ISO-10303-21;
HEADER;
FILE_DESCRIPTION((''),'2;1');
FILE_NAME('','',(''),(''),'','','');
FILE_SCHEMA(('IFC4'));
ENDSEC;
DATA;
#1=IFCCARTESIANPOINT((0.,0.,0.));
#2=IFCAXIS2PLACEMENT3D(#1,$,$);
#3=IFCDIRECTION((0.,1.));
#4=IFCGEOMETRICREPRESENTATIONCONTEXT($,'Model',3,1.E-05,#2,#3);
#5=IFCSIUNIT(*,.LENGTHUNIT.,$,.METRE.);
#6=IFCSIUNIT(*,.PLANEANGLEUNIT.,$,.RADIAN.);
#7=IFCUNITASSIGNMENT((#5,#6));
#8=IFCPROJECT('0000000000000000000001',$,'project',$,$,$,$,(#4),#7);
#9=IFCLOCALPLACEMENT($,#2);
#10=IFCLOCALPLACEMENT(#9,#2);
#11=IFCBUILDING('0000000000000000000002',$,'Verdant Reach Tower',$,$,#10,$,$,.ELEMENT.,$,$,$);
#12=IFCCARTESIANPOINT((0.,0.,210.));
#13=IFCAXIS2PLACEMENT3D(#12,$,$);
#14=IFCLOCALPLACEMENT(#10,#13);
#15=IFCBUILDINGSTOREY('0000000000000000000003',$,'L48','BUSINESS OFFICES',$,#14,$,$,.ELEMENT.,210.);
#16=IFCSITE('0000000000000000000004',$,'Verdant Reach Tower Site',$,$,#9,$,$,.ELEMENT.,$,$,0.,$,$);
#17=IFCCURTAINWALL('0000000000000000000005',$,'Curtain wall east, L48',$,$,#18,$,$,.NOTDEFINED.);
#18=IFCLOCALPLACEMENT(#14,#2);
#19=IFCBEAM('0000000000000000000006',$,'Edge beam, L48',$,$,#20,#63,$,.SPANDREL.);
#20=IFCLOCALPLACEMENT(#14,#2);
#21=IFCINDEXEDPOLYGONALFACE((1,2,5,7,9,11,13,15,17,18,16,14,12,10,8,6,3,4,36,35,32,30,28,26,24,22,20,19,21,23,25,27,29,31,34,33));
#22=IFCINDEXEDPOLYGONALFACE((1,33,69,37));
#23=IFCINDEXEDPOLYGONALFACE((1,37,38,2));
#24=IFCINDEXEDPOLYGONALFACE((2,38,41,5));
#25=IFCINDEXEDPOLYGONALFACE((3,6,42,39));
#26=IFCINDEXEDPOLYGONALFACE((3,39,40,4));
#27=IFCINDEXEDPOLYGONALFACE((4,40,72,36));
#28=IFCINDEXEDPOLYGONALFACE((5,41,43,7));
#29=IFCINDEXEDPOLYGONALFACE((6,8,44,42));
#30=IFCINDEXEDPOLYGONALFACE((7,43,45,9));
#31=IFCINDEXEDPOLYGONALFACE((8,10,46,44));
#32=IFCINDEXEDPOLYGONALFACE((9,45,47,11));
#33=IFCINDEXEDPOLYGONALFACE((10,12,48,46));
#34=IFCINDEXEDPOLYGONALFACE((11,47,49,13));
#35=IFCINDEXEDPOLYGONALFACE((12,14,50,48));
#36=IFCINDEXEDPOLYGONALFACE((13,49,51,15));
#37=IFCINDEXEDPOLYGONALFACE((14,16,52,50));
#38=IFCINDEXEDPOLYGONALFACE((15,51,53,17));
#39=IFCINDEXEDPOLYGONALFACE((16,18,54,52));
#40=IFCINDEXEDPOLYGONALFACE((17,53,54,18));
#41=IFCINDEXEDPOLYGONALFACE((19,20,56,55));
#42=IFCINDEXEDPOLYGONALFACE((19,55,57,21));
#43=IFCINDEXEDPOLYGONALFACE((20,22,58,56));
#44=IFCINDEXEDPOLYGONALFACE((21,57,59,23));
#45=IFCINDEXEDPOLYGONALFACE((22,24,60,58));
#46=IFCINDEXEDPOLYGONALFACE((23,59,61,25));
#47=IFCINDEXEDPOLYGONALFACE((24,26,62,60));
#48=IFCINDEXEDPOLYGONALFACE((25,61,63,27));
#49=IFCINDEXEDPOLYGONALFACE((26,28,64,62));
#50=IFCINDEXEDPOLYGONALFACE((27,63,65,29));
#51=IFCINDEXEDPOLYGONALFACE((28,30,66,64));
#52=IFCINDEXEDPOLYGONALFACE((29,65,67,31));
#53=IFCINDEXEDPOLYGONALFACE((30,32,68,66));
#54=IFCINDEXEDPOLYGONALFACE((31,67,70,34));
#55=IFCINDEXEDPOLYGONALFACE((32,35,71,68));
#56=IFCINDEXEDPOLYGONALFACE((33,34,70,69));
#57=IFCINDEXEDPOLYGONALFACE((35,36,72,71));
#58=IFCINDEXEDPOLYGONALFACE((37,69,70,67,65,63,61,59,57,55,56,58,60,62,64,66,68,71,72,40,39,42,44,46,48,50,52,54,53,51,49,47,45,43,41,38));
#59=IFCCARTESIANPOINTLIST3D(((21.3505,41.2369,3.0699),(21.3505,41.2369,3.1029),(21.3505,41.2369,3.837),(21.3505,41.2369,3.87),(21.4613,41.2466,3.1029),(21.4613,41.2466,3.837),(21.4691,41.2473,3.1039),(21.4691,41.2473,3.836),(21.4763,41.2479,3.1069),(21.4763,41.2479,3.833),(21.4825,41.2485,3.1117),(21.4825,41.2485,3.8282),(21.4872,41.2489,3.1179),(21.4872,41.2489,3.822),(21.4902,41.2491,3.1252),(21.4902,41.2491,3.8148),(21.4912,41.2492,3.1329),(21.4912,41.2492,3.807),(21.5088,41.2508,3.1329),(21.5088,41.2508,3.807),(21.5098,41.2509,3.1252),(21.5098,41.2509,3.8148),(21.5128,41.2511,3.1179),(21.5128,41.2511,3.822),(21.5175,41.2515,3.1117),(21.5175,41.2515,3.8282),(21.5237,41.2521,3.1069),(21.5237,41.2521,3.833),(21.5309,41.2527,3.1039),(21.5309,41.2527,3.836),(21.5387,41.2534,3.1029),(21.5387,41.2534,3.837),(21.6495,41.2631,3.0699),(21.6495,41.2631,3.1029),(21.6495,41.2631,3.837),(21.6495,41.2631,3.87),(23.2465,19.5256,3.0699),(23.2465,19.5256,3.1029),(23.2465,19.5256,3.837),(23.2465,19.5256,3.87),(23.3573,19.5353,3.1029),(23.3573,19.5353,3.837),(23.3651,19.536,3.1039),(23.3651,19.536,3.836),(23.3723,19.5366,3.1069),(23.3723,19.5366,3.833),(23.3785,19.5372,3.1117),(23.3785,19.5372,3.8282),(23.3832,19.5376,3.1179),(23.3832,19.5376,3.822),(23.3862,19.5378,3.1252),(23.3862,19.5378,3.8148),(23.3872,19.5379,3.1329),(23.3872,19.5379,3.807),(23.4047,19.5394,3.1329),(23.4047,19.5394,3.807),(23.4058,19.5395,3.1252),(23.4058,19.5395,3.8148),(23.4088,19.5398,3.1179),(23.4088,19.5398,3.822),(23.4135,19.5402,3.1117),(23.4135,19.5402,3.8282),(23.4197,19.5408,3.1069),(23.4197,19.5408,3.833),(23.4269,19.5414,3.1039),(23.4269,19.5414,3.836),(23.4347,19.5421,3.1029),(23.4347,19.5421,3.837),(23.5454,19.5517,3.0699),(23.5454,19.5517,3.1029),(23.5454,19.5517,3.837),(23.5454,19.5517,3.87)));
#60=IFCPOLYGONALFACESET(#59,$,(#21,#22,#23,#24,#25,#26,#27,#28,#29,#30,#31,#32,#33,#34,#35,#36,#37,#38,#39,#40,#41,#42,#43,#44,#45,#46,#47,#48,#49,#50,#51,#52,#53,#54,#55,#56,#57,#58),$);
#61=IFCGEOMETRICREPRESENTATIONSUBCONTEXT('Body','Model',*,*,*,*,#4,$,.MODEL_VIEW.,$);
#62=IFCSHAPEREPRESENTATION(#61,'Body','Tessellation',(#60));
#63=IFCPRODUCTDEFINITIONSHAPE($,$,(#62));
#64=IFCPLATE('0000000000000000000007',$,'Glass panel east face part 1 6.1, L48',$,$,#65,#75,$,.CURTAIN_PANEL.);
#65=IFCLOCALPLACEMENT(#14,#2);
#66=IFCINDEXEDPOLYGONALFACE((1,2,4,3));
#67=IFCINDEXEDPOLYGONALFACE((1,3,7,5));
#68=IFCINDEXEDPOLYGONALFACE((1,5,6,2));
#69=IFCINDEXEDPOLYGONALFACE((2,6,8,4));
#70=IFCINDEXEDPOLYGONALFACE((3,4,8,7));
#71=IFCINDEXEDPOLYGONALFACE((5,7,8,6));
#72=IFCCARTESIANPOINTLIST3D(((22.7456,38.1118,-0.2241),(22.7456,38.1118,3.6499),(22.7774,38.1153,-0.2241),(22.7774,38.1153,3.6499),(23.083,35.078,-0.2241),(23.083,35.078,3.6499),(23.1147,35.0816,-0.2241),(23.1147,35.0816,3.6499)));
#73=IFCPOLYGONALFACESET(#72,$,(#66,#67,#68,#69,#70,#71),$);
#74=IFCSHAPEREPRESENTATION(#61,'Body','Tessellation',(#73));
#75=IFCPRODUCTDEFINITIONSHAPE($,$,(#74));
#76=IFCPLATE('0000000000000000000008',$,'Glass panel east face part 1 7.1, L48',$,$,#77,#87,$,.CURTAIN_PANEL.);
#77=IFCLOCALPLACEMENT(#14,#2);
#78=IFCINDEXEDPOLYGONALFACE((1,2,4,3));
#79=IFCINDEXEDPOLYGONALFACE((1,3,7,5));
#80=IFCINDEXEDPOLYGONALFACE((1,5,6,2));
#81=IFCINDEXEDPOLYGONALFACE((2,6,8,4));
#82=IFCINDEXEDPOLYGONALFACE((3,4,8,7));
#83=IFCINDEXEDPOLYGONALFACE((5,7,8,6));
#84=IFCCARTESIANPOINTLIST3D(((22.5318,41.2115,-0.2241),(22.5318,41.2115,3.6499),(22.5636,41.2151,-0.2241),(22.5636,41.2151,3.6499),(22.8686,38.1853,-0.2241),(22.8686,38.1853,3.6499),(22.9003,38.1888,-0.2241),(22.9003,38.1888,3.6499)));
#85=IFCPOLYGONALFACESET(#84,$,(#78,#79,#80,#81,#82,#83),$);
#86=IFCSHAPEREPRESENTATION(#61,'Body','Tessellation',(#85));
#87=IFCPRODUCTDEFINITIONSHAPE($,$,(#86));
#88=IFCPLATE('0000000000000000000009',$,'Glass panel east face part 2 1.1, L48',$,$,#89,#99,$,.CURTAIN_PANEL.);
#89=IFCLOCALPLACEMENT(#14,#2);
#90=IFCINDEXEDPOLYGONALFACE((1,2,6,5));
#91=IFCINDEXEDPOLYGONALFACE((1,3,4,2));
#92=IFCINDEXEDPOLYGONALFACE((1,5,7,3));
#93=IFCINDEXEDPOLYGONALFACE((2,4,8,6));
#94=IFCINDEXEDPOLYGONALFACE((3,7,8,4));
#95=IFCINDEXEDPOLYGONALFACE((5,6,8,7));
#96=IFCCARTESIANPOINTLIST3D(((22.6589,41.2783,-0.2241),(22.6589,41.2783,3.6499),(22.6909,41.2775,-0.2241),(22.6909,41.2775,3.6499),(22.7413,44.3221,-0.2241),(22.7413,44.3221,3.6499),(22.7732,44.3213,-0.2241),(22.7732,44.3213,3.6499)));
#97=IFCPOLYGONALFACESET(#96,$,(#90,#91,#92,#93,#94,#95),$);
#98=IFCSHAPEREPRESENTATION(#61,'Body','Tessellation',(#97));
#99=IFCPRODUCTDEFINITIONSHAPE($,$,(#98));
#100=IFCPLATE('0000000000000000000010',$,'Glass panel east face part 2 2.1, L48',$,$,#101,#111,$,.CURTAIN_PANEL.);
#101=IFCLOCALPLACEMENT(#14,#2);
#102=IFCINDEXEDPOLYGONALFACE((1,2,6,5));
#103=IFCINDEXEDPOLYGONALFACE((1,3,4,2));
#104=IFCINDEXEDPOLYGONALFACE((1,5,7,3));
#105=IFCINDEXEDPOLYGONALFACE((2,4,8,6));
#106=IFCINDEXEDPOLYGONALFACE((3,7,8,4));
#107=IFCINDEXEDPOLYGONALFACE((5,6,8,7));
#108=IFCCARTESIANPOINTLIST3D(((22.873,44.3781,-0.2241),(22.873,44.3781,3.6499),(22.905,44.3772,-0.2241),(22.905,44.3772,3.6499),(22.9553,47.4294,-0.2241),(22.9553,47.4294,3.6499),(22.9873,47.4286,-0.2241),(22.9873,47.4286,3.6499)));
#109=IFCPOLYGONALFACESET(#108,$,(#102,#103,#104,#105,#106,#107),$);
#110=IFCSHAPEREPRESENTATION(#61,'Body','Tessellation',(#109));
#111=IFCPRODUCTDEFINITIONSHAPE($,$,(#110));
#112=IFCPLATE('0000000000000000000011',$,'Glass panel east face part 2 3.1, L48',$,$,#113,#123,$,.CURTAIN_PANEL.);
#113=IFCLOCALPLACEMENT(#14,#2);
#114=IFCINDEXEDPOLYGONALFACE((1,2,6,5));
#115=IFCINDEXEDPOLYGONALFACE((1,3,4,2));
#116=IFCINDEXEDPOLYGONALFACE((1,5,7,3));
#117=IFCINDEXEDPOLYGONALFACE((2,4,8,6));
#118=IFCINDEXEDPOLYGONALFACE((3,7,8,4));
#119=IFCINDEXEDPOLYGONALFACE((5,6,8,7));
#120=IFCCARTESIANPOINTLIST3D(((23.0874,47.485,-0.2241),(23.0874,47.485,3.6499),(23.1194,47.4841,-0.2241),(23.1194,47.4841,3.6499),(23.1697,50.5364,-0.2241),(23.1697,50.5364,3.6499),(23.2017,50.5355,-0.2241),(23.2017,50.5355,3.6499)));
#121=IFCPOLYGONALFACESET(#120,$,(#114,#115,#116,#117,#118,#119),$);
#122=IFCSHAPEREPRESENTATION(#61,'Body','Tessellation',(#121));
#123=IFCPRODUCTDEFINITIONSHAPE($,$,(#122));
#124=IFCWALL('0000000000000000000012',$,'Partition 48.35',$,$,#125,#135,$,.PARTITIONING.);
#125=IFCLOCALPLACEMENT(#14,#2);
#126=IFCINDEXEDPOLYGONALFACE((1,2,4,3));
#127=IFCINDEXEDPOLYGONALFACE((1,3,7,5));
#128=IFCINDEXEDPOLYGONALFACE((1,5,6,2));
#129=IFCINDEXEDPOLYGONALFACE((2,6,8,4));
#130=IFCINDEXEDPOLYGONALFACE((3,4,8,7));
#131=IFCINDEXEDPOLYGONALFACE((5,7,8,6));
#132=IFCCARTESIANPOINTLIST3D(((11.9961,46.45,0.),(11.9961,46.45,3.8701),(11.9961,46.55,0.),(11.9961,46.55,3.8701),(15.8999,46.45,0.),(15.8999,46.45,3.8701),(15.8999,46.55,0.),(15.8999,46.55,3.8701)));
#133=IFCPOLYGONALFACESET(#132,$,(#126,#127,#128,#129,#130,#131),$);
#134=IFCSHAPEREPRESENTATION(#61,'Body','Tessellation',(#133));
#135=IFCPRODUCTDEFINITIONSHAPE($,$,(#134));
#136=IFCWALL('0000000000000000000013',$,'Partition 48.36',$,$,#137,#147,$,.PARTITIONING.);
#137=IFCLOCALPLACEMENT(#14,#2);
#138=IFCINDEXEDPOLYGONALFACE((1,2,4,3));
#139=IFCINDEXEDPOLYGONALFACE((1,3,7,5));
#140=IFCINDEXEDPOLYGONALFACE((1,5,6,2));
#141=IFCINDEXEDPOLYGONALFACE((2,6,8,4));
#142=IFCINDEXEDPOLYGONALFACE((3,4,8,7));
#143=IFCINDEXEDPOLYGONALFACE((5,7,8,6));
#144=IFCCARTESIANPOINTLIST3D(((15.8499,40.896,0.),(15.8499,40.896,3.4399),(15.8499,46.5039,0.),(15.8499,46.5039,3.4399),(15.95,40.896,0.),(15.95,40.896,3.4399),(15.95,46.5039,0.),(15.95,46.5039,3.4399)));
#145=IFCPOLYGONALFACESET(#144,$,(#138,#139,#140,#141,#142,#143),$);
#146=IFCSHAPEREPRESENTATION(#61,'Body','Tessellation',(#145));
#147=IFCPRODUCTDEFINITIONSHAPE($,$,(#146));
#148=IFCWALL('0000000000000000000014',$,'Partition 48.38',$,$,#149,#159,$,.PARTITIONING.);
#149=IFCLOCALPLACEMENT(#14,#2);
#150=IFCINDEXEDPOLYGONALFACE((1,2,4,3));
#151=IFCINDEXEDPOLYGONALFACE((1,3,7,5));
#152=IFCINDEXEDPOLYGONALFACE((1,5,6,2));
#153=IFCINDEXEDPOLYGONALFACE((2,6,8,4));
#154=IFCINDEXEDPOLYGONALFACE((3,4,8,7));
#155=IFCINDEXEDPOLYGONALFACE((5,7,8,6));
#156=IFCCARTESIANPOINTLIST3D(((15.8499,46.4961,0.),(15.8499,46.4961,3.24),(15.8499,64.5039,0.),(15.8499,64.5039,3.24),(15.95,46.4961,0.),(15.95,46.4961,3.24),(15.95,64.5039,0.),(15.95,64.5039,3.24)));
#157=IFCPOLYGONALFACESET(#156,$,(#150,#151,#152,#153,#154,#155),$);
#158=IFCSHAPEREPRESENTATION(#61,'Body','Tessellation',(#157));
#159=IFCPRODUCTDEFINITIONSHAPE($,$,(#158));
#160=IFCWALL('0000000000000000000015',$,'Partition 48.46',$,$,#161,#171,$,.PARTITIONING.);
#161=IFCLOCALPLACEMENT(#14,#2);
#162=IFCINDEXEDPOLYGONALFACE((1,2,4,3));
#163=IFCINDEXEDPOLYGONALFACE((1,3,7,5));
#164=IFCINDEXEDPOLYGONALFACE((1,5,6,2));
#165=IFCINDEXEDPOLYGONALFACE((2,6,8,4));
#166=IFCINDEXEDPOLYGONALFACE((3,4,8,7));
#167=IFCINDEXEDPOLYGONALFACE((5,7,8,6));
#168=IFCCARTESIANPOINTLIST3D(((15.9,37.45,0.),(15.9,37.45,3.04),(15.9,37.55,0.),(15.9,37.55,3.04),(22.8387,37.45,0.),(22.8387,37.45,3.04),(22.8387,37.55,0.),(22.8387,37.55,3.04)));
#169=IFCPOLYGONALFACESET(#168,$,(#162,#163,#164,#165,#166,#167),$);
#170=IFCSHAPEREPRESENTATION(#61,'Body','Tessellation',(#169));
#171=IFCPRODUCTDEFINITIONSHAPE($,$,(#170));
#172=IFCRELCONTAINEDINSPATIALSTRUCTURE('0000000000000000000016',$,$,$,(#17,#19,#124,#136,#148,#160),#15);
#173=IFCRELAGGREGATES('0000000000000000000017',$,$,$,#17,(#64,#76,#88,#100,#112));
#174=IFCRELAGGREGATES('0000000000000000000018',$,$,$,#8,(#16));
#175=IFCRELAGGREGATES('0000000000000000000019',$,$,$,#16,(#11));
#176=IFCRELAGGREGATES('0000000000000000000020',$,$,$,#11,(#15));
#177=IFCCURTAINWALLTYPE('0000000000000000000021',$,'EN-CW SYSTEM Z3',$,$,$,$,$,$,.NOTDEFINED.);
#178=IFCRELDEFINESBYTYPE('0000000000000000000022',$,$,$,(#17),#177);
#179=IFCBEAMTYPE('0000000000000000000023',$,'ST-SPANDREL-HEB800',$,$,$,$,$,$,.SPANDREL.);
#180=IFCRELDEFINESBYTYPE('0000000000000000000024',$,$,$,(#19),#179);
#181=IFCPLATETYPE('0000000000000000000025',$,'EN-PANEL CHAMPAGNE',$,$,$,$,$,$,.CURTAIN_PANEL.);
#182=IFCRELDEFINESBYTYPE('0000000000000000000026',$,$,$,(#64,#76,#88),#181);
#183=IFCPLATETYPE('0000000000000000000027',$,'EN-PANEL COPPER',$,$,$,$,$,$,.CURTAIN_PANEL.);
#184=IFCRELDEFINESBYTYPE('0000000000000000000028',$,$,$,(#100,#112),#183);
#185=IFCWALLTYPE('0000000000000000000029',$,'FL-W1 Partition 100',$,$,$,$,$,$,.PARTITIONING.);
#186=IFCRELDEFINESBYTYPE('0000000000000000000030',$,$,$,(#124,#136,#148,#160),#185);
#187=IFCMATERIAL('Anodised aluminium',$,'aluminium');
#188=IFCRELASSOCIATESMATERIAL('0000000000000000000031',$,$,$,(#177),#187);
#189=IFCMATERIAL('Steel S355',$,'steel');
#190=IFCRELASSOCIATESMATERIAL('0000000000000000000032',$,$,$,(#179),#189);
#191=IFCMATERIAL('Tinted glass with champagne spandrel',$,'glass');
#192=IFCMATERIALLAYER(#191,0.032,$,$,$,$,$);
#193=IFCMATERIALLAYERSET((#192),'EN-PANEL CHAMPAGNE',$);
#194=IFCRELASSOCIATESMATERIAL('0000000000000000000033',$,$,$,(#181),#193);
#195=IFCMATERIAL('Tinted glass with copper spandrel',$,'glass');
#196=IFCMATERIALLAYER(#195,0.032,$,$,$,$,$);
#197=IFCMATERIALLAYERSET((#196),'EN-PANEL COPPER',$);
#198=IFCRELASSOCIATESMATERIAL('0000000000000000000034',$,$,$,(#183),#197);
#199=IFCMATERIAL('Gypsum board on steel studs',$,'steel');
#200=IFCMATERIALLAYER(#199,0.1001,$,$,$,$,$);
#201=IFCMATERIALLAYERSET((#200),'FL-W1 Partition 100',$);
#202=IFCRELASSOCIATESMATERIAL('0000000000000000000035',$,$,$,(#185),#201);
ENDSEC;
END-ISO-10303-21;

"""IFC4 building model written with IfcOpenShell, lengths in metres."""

from ifc_helpers import new_model, si_unit, direction, frame, frame_2d, origin, origin_2d, place, context, subcontext, project, spatial, rectangle, i_section, extrude, material, layer, layer_set, material_profile, profile_set, type_object, element, aggregate, save


model = new_model("IFC4")

# Units and contexts
model_context = context("Model", 3, precision=1e-05, world=origin(), true_north=direction((0.0, 1.0)))
body_context = subcontext(model_context, "Body", "Model", "MODEL_VIEW")
ifc_project = project(units=[si_unit("LENGTHUNIT", "METRE"), si_unit("PLANEANGLEUNIT", "RADIAN")], contexts=[model_context])

# Site, building, storey
site_placement = place(None, origin())
site = spatial("IfcSite", under=ifc_project, at=site_placement, Name="Verdant Reach Tower Site", CompositionType="ELEMENT", RefElevation=0.0)
building_placement = place(site_placement, origin())
building = spatial("IfcBuilding", under=site, at=building_placement, Name="Verdant Reach Tower", CompositionType="ELEMENT")
storey_placement = place(building_placement, frame((0.0, 0.0, 210.0)))
storey = spatial("IfcBuildingStorey", under=building, at=storey_placement, Name="L48", Description="BUSINESS OFFICES", CompositionType="ELEMENT", Elevation=210.0)

# Curtain wall
ifc_material_1 = material(Name="Anodised aluminium", Category="aluminium")
curtain_wall_type = type_object("IfcCurtainWallType", Name="EN-CW SYSTEM Z3", PredefinedType="NOTDEFINED", material=ifc_material_1)
curtain_wall_placement = place(storey_placement, origin())
curtain_wall = element("IfcCurtainWall", 1, at=curtain_wall_placement, inside=storey, type_object=curtain_wall_type, Name="Curtain wall east, L48", PredefinedType="NOTDEFINED")

# Beam
ifc_material_2 = material(Name="Steel S355", Category="steel")
ifc_material_profile_1 = material_profile(ifc_material_2, i_section(OverallWidth=0.3, OverallDepth=0.8, WebThickness=0.0176, FlangeThickness=0.033, FilletRadius=0.03, at=origin_2d()), Name="HEB 800")
ifc_profile_set_1 = profile_set([ifc_material_profile_1], Name="Steel S355")
beam_type_1 = type_object("IfcBeamType", Name="ST-SPANDREL-HEB800", PredefinedType="SPANDREL", material=ifc_profile_set_1)
beam_1_placement = place(storey_placement, frame((21.5, 41.25, 3.47), z_axis=(0.086996, -0.996209, 0.0), x_axis=(0.996209, 0.086996, 0.0)))
element("IfcBeam", 2, at=beam_1_placement, inside=storey, type_object=beam_type_1, Name="Edge beam, L48", PredefinedType="SPANDREL", context=body_context, shape_type="SweptSolid", body=[
    extrude(i_section(OverallWidth=0.3, OverallDepth=0.8, WebThickness=0.0176, FlangeThickness=0.033, FilletRadius=0.03, at=origin_2d()), origin(), (0.0, 0.0, 1.0), 21.7939),
])

# Plates
ifc_material_3 = material(Name="Tinted glass with champagne spandrel", Category="glass")
ifc_layer_1 = layer(ifc_material_3, 0.032)
ifc_layer_set_1 = layer_set([ifc_layer_1], Name="EN-PANEL CHAMPAGNE")
plate_type_1 = type_object("IfcPlateType", Name="EN-PANEL CHAMPAGNE", PredefinedType="CURTAIN_PANEL", material=ifc_layer_set_1)
plate_1_placement = place(storey_placement, frame((22.9302, 36.5967, -0.2241), z_axis=(0.0, 0.0, 1.0), x_axis=(-0.110518, 0.993874, 0.0)))
plate_1 = element("IfcPlate", 3, at=plate_1_placement, type_object=plate_type_1, Name="Glass panel east face part 1 6.1, L48", PredefinedType="CURTAIN_PANEL", context=body_context, shape_type="SweptSolid", body=[
    extrude(rectangle(XDim=3.0525, YDim=0.032, at=origin_2d()), origin(), (0.0, 0.0, 1.0), 3.874),
])
plate_2_placement = place(storey_placement, frame((22.7161, 39.7002, -0.2241), z_axis=(0.0, 0.0, 1.0), x_axis=(-0.110601, 0.993865, 0.0)))
plate_2 = element("IfcPlate", 4, at=plate_2_placement, type_object=plate_type_1, Name="Glass panel east face part 1 7.1, L48", PredefinedType="CURTAIN_PANEL", context=body_context, shape_type="SweptSolid", body=[
    extrude(rectangle(XDim=3.0449, YDim=0.032, at=origin_2d()), origin(), (0.0, 0.0, 1.0), 3.874),
])
plate_3_placement = place(storey_placement, frame((22.7161, 42.7998, -0.2241), z_axis=(0.0, 0.0, 1.0), x_axis=(0.027048, 0.999634, 0.0)))
plate_3 = element("IfcPlate", 5, at=plate_3_placement, type_object=plate_type_1, Name="Glass panel east face part 2 1.1, L48", PredefinedType="CURTAIN_PANEL", context=body_context, shape_type="SweptSolid", body=[
    extrude(rectangle(XDim=3.0449, YDim=0.032, at=origin_2d()), origin(), (0.0, 0.0, 1.0), 3.874),
])
ifc_material_4 = material(Name="Tinted glass with copper spandrel", Category="glass")
ifc_layer_2 = layer(ifc_material_4, 0.032)
ifc_layer_set_2 = layer_set([ifc_layer_2], Name="EN-PANEL COPPER")
plate_type_2 = type_object("IfcPlateType", Name="EN-PANEL COPPER", PredefinedType="CURTAIN_PANEL", material=ifc_layer_set_2)
plate_4_placement = place(storey_placement, frame((22.9302, 45.9033, -0.2241), z_axis=(0.0, 0.0, 1.0), x_axis=(0.026965, 0.999636, 0.0)))
plate_4 = element("IfcPlate", 6, at=plate_4_placement, type_object=plate_type_2, Name="Glass panel east face part 2 2.1, L48", PredefinedType="CURTAIN_PANEL", context=body_context, shape_type="SweptSolid", body=[
    extrude(rectangle(XDim=3.0525, YDim=0.032, at=origin_2d()), origin(), (0.0, 0.0, 1.0), 3.874),
])
plate_5_placement = place(storey_placement, frame((23.1445, 49.0103, -0.2241), z_axis=(0.0, 0.0, 1.0), x_axis=(0.026965, 0.999636, 0.0)))
plate_5 = element("IfcPlate", 7, at=plate_5_placement, type_object=plate_type_2, Name="Glass panel east face part 2 3.1, L48", PredefinedType="CURTAIN_PANEL", context=body_context, shape_type="SweptSolid", body=[
    extrude(rectangle(XDim=3.0525, YDim=0.032, at=origin_2d()), origin(), (0.0, 0.0, 1.0), 3.874),
])
aggregate(curtain_wall, [plate_1, plate_2, plate_3, plate_4, plate_5])

# Walls
ifc_material_5 = material(Name="Gypsum board on steel studs", Category="steel")
ifc_layer_3 = layer(ifc_material_5, 0.1001)
ifc_layer_set_3 = layer_set([ifc_layer_3], Name="FL-W1 Partition 100")
wall_type_1 = type_object("IfcWallType", Name="FL-W1 Partition 100", PredefinedType="PARTITIONING", material=ifc_layer_set_3)
wall_1_placement = place(storey_placement, frame((15.8999, 46.5, 0.0), z_axis=(0.0, 0.0, 1.0), x_axis=(-1.0, 0.0, 0.0)))
element("IfcWall", 8, at=wall_1_placement, inside=storey, type_object=wall_type_1, Name="Partition 48.35", PredefinedType="PARTITIONING", context=body_context, shape_type="SweptSolid", body=[
    extrude(rectangle(XDim=3.9038, YDim=0.1001, at=frame_2d((1.9519, 0.0))), origin(), (0.0, 0.0, 1.0), 3.8701),
])
wall_2_placement = place(storey_placement, frame((15.8999, 40.896, 0.0), z_axis=(0.0, 0.0, 1.0), x_axis=(0.0, 1.0, 0.0)))
element("IfcWall", 9, at=wall_2_placement, inside=storey, type_object=wall_type_1, Name="Partition 48.36", PredefinedType="PARTITIONING", context=body_context, shape_type="SweptSolid", body=[
    extrude(rectangle(XDim=5.6079, YDim=0.1001, at=frame_2d((2.804, 0.0))), origin(), (0.0, 0.0, 1.0), 3.4399),
])
wall_3_placement = place(storey_placement, frame((15.8999, 46.4961, 0.0), z_axis=(0.0, 0.0, 1.0), x_axis=(0.0, 1.0, 0.0)))
element("IfcWall", 10, at=wall_3_placement, inside=storey, type_object=wall_type_1, Name="Partition 48.38", PredefinedType="PARTITIONING", context=body_context, shape_type="SweptSolid", body=[
    extrude(rectangle(XDim=18.0078, YDim=0.1001, at=frame_2d((9.0039, 0.0))), origin(), (0.0, 0.0, 1.0), 3.24),
])
wall_4_placement = place(storey_placement, frame((22.8386, 37.5, 0.0), z_axis=(0.0, 0.0, 1.0), x_axis=(-1.0, 0.0, 0.0)))
element("IfcWall", 11, at=wall_4_placement, inside=storey, type_object=wall_type_1, Name="Partition 48.46", PredefinedType="PARTITIONING", context=body_context, shape_type="SweptSolid", body=[
    extrude(rectangle(XDim=6.9387, YDim=0.1001, at=frame_2d((3.4692, 0.0))), origin(), (0.0, 0.0, 1.0), 3.04),
])

save(model, "model.ifc")
